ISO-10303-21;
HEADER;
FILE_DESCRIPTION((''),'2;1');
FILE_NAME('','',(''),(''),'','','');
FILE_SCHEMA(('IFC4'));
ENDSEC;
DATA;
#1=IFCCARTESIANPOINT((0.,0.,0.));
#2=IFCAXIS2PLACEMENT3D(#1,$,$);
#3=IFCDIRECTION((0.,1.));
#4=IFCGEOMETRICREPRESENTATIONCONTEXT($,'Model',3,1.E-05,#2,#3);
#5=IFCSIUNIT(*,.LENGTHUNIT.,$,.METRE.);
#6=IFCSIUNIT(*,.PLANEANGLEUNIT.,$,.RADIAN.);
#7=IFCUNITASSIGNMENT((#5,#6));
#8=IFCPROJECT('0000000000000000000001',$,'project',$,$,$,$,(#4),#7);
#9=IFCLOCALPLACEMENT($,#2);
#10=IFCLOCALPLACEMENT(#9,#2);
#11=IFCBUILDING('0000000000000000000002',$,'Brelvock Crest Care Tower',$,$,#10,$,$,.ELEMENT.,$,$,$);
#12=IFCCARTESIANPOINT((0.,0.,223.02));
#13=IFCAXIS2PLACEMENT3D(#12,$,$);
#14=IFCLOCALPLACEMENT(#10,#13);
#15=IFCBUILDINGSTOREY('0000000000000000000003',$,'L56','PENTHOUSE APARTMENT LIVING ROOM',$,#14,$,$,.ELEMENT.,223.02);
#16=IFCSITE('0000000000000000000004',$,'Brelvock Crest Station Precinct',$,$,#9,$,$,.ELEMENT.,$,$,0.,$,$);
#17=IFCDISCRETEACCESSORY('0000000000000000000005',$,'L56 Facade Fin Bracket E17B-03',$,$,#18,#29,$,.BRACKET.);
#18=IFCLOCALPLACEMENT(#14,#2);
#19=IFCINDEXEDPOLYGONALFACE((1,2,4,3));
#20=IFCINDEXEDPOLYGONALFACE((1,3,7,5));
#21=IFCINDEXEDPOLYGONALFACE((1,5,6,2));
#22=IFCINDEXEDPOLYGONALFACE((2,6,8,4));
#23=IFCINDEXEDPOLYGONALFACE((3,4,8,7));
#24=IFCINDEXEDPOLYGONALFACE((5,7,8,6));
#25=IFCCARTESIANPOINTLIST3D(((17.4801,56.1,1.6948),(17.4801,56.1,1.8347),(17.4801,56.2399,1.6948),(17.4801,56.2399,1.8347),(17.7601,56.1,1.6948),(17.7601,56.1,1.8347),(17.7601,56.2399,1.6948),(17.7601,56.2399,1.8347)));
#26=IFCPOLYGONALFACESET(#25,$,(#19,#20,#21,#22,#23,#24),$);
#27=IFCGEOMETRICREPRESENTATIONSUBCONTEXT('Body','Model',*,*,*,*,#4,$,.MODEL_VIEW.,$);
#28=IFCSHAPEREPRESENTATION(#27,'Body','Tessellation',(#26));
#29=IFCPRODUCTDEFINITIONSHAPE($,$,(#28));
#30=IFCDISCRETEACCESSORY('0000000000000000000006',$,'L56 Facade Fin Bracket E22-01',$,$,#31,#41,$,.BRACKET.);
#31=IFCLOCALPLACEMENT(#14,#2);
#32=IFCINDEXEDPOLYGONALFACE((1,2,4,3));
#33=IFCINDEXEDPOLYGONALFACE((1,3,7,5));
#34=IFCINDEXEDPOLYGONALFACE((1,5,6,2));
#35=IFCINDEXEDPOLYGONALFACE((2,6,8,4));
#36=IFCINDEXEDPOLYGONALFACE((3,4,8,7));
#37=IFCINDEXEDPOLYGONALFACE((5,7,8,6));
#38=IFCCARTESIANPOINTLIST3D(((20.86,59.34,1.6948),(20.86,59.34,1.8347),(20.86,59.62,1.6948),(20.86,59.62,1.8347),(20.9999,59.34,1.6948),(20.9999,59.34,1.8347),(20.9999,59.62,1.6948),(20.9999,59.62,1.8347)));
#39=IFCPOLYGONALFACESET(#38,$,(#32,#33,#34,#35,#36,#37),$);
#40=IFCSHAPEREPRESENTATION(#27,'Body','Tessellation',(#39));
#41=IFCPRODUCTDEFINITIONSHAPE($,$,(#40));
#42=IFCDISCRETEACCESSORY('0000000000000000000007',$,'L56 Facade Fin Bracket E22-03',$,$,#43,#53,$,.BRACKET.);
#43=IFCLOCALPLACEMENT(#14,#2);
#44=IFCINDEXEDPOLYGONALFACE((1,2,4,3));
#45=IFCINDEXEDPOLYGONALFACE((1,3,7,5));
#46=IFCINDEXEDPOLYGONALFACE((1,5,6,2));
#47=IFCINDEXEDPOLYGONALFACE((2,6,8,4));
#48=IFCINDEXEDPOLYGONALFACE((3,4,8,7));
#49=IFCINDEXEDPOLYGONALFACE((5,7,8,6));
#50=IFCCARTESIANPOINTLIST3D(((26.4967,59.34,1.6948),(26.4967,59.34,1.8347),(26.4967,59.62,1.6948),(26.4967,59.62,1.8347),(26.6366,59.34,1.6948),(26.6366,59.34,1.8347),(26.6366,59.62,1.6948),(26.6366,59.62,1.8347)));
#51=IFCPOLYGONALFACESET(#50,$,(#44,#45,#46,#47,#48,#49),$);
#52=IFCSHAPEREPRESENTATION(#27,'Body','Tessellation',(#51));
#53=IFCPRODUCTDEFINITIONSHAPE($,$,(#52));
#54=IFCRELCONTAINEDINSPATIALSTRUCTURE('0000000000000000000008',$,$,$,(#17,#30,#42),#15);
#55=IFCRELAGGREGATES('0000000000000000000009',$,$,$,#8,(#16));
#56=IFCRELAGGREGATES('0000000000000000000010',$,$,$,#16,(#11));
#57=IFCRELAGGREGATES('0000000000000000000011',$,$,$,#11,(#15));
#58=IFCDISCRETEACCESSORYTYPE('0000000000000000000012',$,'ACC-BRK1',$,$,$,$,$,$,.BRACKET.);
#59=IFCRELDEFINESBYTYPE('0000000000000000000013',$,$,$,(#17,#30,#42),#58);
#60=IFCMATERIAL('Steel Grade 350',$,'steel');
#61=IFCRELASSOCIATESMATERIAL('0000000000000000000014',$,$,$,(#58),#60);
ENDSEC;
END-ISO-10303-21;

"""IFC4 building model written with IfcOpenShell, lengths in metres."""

from ifc_helpers import new_model, si_unit, direction, frame, origin, origin_2d, place, context, subcontext, project, spatial, rectangle, extrude, source, transform, mapped, material, type_object, element, save


model = new_model("IFC4")

# Units and contexts
model_context = context("Model", 3, precision=1e-05, world=origin(), true_north=direction((0.0, 1.0)))
body_context = subcontext(model_context, "Body", "Model", "MODEL_VIEW")
ifc_project = project(units=[si_unit("LENGTHUNIT", "METRE"), si_unit("PLANEANGLEUNIT", "RADIAN")], contexts=[model_context])

# Site, building, storey
site_placement = place(None, origin())
site = spatial("IfcSite", under=ifc_project, at=site_placement, Name="Brelvock Crest Station Precinct", CompositionType="ELEMENT", RefElevation=0.0)
building_placement = place(site_placement, origin())
building = spatial("IfcBuilding", under=site, at=building_placement, Name="Brelvock Crest Care Tower", CompositionType="ELEMENT")
storey_placement = place(building_placement, frame((0.0, 0.0, 223.02)))
storey = spatial("IfcBuildingStorey", under=building, at=storey_placement, Name="L56", Description="PENTHOUSE APARTMENT LIVING ROOM", CompositionType="ELEMENT", Elevation=223.02)

# Shared definitions
ifc_material_1 = material(Name="Steel Grade 350", Category="steel")

# Discrete accessories
discrete_accessory_type = type_object("IfcDiscreteAccessoryType", Name="ACC-BRK1", PredefinedType="BRACKET", material=ifc_material_1)
shared_shape_1 = source(origin(), body_context, "Body", "SweptSolid", [
    extrude(rectangle(XDim=0.28, YDim=0.1399, at=origin_2d()), origin(), (0.0, 0.0, 1.0), 0.1399),
])
for number, where, z_axis, x_axis, name in (
    (1, (17.6201, 56.1699, 1.6948), (0.0, 0.0, 1.0), (-1.0, 0.0, 0.0), "L56 Facade Fin Bracket E17B-03"),
    (2, (20.9299, 59.48, 1.6948), (0.0, 0.0, 1.0), (0.0, 1.0, 0.0), "L56 Facade Fin Bracket E22-01"),
    (3, (26.5667, 59.48, 1.6948), (0.0, 0.0, 1.0), (0.0, 1.0, 0.0), "L56 Facade Fin Bracket E22-03"),
):
    element("IfcDiscreteAccessory", number, at=place(storey_placement, frame(where, z_axis=z_axis, x_axis=x_axis)), inside=storey, type_object=discrete_accessory_type, Name=name, PredefinedType="BRACKET", context=body_context, shape_type="MappedRepresentation", body=[
        mapped(shared_shape_1, transform((0.0, 0.0, 0.0), x_axis=(1.0, 0.0, 0.0), y_axis=(0.0, 1.0, 0.0), z_axis=(0.0, 0.0, 1.0), scale=1.0)),
    ])

save(model, "model.ifc")
